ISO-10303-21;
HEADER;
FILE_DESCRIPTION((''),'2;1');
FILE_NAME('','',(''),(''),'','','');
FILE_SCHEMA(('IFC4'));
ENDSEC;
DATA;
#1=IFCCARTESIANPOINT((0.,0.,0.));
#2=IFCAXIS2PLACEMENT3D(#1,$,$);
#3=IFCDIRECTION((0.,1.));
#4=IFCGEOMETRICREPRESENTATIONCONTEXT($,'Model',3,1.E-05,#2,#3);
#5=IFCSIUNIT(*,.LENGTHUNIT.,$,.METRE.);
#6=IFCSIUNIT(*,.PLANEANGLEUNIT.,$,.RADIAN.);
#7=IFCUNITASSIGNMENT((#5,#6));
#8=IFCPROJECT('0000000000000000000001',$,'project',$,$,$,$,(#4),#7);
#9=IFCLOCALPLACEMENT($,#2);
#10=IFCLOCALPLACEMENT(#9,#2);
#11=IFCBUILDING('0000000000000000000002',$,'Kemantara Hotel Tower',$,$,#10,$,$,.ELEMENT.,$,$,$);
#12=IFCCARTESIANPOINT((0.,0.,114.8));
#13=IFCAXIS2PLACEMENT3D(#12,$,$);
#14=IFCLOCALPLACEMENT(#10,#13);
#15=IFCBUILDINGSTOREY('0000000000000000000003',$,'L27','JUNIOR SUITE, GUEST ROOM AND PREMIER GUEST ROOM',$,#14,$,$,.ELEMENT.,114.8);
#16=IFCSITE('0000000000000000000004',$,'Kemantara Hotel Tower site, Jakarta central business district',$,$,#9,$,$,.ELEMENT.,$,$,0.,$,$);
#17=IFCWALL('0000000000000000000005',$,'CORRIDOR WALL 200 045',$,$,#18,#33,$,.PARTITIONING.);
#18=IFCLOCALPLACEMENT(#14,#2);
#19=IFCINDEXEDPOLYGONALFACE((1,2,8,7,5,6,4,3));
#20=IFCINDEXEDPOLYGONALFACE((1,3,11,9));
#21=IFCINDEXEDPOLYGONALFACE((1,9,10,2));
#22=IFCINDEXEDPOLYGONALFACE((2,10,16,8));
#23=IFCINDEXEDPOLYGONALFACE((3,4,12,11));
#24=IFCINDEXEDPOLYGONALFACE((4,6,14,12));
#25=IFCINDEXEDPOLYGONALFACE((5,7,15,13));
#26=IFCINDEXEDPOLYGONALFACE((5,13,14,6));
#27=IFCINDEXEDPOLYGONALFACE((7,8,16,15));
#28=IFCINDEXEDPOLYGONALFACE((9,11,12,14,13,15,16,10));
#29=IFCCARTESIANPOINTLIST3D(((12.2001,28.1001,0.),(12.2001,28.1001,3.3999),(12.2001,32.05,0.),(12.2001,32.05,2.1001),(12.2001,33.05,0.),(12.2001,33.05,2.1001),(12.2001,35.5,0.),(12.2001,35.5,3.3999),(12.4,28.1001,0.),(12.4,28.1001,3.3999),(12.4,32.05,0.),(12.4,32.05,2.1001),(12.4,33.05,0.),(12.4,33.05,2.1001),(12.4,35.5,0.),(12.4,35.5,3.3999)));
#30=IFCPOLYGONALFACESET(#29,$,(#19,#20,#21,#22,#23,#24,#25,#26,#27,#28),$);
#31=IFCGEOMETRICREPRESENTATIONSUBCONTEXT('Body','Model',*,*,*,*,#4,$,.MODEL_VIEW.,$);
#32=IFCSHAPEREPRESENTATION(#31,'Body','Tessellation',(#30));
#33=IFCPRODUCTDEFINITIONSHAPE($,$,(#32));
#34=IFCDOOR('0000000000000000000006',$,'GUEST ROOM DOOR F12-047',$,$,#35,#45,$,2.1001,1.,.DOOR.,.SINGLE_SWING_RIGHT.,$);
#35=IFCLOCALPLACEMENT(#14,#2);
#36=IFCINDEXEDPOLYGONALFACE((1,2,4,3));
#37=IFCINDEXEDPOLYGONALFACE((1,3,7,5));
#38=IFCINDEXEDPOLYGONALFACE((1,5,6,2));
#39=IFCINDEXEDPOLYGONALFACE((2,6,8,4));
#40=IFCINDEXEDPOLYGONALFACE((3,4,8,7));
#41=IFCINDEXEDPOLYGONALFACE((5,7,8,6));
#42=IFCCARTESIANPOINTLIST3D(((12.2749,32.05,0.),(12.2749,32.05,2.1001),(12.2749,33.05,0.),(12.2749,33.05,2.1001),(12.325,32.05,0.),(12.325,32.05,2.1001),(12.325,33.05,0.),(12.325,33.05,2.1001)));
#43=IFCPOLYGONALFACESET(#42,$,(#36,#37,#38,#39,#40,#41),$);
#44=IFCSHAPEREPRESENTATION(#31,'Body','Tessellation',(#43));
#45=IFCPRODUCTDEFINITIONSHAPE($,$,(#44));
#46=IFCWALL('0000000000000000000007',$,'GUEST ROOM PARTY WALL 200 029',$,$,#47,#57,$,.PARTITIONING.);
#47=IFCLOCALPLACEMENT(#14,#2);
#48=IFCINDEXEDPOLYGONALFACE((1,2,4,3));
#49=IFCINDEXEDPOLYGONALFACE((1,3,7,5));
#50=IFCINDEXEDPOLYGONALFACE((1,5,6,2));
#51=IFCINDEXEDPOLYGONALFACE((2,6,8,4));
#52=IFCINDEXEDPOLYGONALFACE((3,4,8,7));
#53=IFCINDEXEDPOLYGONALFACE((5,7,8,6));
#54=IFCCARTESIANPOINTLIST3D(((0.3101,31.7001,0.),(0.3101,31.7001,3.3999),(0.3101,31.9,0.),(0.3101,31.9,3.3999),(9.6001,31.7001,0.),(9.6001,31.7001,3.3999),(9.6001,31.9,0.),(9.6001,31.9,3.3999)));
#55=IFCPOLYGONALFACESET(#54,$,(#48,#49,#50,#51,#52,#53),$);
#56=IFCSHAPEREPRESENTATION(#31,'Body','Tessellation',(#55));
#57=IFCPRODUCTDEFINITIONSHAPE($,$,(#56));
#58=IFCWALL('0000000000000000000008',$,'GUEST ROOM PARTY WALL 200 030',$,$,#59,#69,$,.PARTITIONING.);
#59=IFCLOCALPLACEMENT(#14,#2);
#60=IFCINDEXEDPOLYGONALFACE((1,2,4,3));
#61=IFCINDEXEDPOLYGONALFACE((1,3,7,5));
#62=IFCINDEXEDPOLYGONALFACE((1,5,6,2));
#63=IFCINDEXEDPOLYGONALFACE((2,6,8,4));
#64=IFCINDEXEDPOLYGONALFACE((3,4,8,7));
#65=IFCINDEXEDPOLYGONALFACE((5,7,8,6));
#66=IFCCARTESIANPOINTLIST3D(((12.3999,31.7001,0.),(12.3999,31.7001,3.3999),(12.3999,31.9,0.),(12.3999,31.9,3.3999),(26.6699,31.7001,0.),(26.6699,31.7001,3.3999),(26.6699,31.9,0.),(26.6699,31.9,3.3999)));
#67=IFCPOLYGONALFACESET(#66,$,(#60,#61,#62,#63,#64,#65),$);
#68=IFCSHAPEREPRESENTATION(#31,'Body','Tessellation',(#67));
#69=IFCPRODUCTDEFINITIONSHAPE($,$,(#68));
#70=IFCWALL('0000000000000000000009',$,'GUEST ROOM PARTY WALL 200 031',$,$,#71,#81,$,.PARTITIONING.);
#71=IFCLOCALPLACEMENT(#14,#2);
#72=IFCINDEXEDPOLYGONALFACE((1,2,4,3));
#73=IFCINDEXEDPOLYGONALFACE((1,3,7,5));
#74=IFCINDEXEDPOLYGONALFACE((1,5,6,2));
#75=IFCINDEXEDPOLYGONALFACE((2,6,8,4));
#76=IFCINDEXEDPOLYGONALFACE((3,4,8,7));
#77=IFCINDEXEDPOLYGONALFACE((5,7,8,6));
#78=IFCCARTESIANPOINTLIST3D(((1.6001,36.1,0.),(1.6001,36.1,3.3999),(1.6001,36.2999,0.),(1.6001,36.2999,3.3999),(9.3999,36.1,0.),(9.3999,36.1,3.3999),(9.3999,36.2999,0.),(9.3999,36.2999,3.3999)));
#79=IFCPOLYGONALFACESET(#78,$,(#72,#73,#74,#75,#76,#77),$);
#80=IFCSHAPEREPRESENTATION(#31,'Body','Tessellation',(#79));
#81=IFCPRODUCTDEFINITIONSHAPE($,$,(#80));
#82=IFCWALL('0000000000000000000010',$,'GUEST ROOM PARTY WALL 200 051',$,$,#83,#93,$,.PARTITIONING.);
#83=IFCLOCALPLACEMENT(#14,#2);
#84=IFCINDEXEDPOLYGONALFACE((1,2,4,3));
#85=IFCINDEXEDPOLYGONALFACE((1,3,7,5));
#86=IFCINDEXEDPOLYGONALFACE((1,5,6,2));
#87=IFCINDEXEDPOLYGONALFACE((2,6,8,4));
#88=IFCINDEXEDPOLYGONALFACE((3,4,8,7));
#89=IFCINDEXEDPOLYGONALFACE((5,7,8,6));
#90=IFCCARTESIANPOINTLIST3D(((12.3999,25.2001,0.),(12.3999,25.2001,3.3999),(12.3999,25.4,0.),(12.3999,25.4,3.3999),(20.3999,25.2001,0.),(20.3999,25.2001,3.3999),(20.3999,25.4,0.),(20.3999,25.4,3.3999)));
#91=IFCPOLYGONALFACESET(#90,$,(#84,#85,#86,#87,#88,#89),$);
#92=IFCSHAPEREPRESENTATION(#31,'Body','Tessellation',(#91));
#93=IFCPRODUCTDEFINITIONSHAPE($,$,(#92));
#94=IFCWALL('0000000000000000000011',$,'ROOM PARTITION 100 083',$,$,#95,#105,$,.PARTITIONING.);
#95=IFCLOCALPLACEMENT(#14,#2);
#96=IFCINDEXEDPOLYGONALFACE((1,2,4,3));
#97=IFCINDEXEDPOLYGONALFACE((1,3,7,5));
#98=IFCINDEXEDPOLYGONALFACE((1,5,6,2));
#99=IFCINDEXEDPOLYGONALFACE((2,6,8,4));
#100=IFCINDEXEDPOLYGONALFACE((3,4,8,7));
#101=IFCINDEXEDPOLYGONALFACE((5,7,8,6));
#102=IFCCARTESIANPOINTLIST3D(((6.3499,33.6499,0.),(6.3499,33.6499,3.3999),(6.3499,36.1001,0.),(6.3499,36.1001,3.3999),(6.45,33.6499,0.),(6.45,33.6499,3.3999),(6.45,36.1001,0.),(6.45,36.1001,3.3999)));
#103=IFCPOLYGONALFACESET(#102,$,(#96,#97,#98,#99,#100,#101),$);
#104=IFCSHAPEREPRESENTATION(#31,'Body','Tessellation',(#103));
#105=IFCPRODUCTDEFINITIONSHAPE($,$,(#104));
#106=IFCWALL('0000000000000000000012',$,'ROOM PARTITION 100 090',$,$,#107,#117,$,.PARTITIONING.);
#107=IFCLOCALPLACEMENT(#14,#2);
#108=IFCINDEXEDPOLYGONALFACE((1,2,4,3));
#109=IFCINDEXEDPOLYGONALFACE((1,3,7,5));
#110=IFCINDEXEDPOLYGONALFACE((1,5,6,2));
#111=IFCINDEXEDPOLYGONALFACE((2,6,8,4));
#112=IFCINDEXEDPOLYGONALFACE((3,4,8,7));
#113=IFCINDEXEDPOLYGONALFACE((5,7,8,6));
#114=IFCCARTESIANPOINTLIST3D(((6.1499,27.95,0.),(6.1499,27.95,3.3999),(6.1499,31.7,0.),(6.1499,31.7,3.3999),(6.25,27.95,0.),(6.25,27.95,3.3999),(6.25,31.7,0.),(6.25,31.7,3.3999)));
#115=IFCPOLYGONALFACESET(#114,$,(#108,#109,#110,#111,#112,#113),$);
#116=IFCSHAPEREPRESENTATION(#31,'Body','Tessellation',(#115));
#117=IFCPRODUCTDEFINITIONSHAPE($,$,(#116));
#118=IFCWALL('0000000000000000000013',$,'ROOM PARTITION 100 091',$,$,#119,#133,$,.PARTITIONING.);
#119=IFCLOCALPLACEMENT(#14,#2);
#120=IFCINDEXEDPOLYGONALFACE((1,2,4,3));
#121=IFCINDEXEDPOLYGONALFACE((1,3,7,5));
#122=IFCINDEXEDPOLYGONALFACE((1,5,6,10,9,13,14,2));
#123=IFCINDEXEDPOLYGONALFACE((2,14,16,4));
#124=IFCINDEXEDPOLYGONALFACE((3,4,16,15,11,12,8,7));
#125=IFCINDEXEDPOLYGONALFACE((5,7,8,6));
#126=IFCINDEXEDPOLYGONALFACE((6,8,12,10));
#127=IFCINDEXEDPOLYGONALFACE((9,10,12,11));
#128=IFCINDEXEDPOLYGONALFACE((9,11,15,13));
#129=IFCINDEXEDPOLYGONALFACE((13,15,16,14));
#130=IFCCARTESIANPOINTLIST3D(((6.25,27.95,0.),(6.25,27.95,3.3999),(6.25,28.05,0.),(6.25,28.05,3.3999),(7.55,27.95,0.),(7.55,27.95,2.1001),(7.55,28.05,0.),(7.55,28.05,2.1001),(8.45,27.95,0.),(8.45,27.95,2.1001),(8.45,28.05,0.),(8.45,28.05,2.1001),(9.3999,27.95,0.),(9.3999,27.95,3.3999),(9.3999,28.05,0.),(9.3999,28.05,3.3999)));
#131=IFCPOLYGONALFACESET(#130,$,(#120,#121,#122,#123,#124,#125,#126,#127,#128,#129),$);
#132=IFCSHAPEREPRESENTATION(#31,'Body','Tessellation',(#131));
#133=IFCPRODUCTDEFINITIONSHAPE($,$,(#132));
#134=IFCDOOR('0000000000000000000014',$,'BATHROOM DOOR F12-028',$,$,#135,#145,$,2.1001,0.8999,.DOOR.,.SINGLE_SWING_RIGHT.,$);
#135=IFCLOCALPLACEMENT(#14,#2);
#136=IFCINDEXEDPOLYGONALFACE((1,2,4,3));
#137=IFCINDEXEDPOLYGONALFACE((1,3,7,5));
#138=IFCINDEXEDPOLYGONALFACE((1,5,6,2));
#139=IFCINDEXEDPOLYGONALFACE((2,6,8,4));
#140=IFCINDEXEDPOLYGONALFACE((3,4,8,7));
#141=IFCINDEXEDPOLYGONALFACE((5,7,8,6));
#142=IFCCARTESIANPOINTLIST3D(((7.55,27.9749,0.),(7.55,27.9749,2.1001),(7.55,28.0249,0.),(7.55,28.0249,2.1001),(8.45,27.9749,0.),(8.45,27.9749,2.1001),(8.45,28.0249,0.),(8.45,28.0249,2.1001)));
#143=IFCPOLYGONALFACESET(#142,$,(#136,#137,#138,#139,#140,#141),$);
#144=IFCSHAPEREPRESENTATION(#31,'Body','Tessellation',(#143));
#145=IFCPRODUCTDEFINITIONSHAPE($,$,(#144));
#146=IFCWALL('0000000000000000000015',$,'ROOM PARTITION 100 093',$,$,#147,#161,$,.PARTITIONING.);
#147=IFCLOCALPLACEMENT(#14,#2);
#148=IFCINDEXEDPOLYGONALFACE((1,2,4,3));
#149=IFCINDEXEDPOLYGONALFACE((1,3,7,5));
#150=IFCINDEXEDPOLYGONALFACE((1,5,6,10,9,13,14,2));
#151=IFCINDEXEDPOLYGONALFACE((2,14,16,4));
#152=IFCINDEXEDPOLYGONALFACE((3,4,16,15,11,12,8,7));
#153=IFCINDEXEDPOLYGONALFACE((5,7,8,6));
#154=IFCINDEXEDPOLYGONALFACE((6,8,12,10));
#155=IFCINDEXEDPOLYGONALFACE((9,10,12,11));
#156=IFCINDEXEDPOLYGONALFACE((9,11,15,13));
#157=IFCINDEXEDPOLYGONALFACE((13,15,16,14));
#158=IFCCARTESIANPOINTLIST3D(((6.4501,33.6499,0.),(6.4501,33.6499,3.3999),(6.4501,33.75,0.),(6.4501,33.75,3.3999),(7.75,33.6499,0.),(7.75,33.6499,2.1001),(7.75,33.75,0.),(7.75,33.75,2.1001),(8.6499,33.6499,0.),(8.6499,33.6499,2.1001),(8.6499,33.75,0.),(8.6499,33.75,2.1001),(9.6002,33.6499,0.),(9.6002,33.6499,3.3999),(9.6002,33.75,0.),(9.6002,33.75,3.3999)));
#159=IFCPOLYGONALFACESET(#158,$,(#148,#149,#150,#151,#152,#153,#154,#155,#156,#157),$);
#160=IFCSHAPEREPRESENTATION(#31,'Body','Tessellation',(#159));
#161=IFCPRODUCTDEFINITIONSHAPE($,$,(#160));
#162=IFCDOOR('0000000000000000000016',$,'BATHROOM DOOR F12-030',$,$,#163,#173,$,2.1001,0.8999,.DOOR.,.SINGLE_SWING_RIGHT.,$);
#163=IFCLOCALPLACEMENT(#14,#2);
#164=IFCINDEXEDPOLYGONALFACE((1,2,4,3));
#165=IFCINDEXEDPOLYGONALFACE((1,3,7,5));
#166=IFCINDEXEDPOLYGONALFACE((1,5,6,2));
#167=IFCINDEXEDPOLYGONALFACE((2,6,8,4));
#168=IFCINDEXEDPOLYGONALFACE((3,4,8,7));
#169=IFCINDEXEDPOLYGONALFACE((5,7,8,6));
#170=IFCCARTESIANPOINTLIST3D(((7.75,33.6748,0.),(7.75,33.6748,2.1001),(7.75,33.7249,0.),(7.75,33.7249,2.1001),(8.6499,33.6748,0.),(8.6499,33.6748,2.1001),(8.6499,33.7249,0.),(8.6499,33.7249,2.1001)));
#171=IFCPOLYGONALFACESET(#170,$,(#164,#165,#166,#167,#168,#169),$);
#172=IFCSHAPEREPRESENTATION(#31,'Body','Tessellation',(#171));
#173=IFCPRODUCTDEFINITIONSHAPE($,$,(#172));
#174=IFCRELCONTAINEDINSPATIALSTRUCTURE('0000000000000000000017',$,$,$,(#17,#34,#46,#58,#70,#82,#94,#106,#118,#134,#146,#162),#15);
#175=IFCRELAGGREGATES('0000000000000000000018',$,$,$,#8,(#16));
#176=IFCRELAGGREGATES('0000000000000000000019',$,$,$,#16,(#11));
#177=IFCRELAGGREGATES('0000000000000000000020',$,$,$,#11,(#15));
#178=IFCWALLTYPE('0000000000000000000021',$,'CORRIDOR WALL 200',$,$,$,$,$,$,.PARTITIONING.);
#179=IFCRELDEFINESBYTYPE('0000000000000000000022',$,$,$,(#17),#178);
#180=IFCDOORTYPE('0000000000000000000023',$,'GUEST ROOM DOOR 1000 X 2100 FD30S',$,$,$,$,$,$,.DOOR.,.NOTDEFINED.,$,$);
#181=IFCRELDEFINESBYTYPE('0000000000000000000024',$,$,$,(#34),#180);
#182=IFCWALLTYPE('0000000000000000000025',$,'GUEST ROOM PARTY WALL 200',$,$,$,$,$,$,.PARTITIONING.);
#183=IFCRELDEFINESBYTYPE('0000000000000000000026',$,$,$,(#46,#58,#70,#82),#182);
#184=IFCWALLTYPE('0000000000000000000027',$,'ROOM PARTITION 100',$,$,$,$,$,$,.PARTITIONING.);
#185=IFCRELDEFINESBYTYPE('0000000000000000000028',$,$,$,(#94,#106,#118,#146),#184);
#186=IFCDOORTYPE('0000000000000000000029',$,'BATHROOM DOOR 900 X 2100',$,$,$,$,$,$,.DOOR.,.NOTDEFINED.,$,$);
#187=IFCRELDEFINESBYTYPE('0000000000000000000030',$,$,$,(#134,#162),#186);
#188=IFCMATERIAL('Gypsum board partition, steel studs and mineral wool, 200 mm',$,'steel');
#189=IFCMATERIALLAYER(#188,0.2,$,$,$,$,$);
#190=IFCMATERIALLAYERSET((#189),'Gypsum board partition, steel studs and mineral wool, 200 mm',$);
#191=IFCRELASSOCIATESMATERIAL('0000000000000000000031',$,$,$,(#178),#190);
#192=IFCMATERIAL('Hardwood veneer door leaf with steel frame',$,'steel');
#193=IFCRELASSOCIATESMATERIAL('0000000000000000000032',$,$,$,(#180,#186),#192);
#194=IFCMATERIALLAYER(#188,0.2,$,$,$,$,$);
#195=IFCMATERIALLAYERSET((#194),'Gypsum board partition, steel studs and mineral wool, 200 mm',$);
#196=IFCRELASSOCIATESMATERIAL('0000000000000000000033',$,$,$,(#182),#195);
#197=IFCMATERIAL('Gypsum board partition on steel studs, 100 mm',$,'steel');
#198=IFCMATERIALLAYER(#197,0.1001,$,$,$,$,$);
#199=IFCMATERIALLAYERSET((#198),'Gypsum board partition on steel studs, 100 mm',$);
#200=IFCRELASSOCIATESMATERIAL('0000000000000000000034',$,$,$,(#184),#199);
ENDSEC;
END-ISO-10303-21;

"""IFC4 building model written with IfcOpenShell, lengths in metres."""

from ifc_helpers import new_model, si_unit, direction, frame, frame_2d, origin, place, context, subcontext, project, spatial, rectangle, extrude, material, layer, layer_set, type_object, element, fill, save


model = new_model("IFC4")

# Units and contexts
model_context = context("Model", 3, precision=1e-05, world=origin(), true_north=direction((0.0, 1.0)))
body_context = subcontext(model_context, "Body", "Model", "MODEL_VIEW")
ifc_project = project(units=[si_unit("LENGTHUNIT", "METRE"), si_unit("PLANEANGLEUNIT", "RADIAN")], contexts=[model_context])

# Site, building, storey
site_placement = place(None, origin())
site = spatial("IfcSite", under=ifc_project, at=site_placement, Name="Kemantara Hotel Tower site, Jakarta central business district", CompositionType="ELEMENT", RefElevation=0.0)
building_placement = place(site_placement, origin())
building = spatial("IfcBuilding", under=site, at=building_placement, Name="Kemantara Hotel Tower", CompositionType="ELEMENT")
storey_placement = place(building_placement, frame((0.0, 0.0, 114.8)))
storey = spatial("IfcBuildingStorey", under=building, at=storey_placement, Name="L27", Description="JUNIOR SUITE, GUEST ROOM AND PREMIER GUEST ROOM", CompositionType="ELEMENT", Elevation=114.8)

# Wall, opening, door
ifc_material_1 = material(Name="Gypsum board partition, steel studs and mineral wool, 200 mm", Category="steel")
ifc_layer_1 = layer(ifc_material_1, 0.2)
ifc_layer_set_1 = layer_set([ifc_layer_1], Name="Gypsum board partition, steel studs and mineral wool, 200 mm")
wall_type_1 = type_object("IfcWallType", Name="CORRIDOR WALL 200", PredefinedType="PARTITIONING", material=ifc_layer_set_1)
ifc_material_2 = material(Name="Hardwood veneer door leaf with steel frame", Category="steel")
door_type_1 = type_object("IfcDoorType", Name="GUEST ROOM DOOR 1000 X 2100 FD30S", OperationType="NOTDEFINED", PredefinedType="DOOR", material=ifc_material_2)
wall_1_placement = place(storey_placement, frame((12.3, 35.5, 0.0), z_axis=(0.0, 0.0, 1.0), x_axis=(0.0, -1.0, 0.0)))
wall_1 = element("IfcWall", 1, at=wall_1_placement, inside=storey, type_object=wall_type_1, Name="CORRIDOR WALL 200 045", PredefinedType="PARTITIONING", context=body_context, shape_type="SweptSolid", body=[
    extrude(rectangle(XDim=7.3999, YDim=0.2, at=frame_2d((3.7, 0.0))), origin(), (0.0, 0.0, 1.0), 3.3999),
])
opening_1_placement = place(wall_1_placement, frame((2.45, 0.0, 0.0)))
opening_1 = element("IfcOpeningElement", 2, at=opening_1_placement, cuts=wall_1, PredefinedType="OPENING", context=body_context, shape_type="SweptSolid", body=[
    extrude(rectangle(XDim=1.0, YDim=2.1001, at=frame_2d((0.5, 1.05))), frame((0.0, 0.1099, 0.0), z_axis=(0.0, -1.0, 0.0), x_axis=(1.0, 0.0, 0.0)), (0.0, 0.0, 1.0), 0.22),
])
door_1_placement = place(opening_1_placement, origin())
door_1 = element("IfcDoor", 3, at=door_1_placement, inside=storey, type_object=door_type_1, Name="GUEST ROOM DOOR F12-047", OperationType="SINGLE_SWING_RIGHT", OverallHeight=2.1001, OverallWidth=1.0, PredefinedType="DOOR", context=body_context, shape_type="SweptSolid", body=[
    extrude(rectangle(XDim=1.0, YDim=2.1001, at=frame_2d((0.5, 1.05))), frame((0.0, 0.0249, 0.0), z_axis=(0.0, -1.0, 0.0), x_axis=(1.0, 0.0, 0.0)), (0.0, 0.0, 1.0), 0.05),
])
fill(opening_1, door_1)

# Walls
ifc_layer_2 = layer(ifc_material_1, 0.2)
ifc_layer_set_2 = layer_set([ifc_layer_2], Name="Gypsum board partition, steel studs and mineral wool, 200 mm")
wall_type_2 = type_object("IfcWallType", Name="GUEST ROOM PARTY WALL 200", PredefinedType="PARTITIONING", material=ifc_layer_set_2)
wall_2_placement = place(storey_placement, frame((0.3101, 31.8, 0.0), z_axis=(0.0, 0.0, 1.0), x_axis=(1.0, 0.0, 0.0)))
element("IfcWall", 4, at=wall_2_placement, inside=storey, type_object=wall_type_2, Name="GUEST ROOM PARTY WALL 200 029", PredefinedType="PARTITIONING", context=body_context, shape_type="SweptSolid", body=[
    extrude(rectangle(XDim=9.29, YDim=0.2, at=frame_2d((4.645, 0.0))), origin(), (0.0, 0.0, 1.0), 3.3999),
])
wall_3_placement = place(storey_placement, frame((12.3999, 31.8, 0.0), z_axis=(0.0, 0.0, 1.0), x_axis=(1.0, 0.0, 0.0)))
element("IfcWall", 5, at=wall_3_placement, inside=storey, type_object=wall_type_2, Name="GUEST ROOM PARTY WALL 200 030", PredefinedType="PARTITIONING", context=body_context, shape_type="SweptSolid", body=[
    extrude(rectangle(XDim=14.27, YDim=0.2, at=frame_2d((7.135, 0.0))), origin(), (0.0, 0.0, 1.0), 3.3999),
])
wall_4_placement = place(storey_placement, frame((1.6001, 36.2, 0.0), z_axis=(0.0, 0.0, 1.0), x_axis=(1.0, 0.0, 0.0)))
element("IfcWall", 6, at=wall_4_placement, inside=storey, type_object=wall_type_2, Name="GUEST ROOM PARTY WALL 200 031", PredefinedType="PARTITIONING", context=body_context, shape_type="SweptSolid", body=[
    extrude(rectangle(XDim=7.7998, YDim=0.2, at=frame_2d((3.8999, 0.0))), origin(), (0.0, 0.0, 1.0), 3.3999),
])
wall_5_placement = place(storey_placement, frame((12.3999, 25.3, 0.0), z_axis=(0.0, 0.0, 1.0), x_axis=(1.0, 0.0, 0.0)))
element("IfcWall", 7, at=wall_5_placement, inside=storey, type_object=wall_type_2, Name="GUEST ROOM PARTY WALL 200 051", PredefinedType="PARTITIONING", context=body_context, shape_type="SweptSolid", body=[
    extrude(rectangle(XDim=8.0, YDim=0.2, at=frame_2d((4.0, 0.0))), origin(), (0.0, 0.0, 1.0), 3.3999),
])
ifc_material_3 = material(Name="Gypsum board partition on steel studs, 100 mm", Category="steel")
ifc_layer_3 = layer(ifc_material_3, 0.1001)
ifc_layer_set_3 = layer_set([ifc_layer_3], Name="Gypsum board partition on steel studs, 100 mm")
wall_type_3 = type_object("IfcWallType", Name="ROOM PARTITION 100", PredefinedType="PARTITIONING", material=ifc_layer_set_3)
wall_6_placement = place(storey_placement, frame((6.3999, 33.6499, 0.0), z_axis=(0.0, 0.0, 1.0), x_axis=(0.0, 1.0, 0.0)))
element("IfcWall", 8, at=wall_6_placement, inside=storey, type_object=wall_type_3, Name="ROOM PARTITION 100 083", PredefinedType="PARTITIONING", context=body_context, shape_type="SweptSolid", body=[
    extrude(rectangle(XDim=2.4502, YDim=0.1001, at=frame_2d((1.2251, 0.0))), origin(), (0.0, 0.0, 1.0), 3.3999),
])
wall_7_placement = place(storey_placement, frame((6.2, 27.95, 0.0), z_axis=(0.0, 0.0, 1.0), x_axis=(0.0, 1.0, 0.0)))
element("IfcWall", 9, at=wall_7_placement, inside=storey, type_object=wall_type_3, Name="ROOM PARTITION 100 090", PredefinedType="PARTITIONING", context=body_context, shape_type="SweptSolid", body=[
    extrude(rectangle(XDim=3.75, YDim=0.1001, at=frame_2d((1.875, 0.0))), origin(), (0.0, 0.0, 1.0), 3.3999),
])

# Walls, openings, doors
wall_8_placement = place(storey_placement, frame((6.25, 28.0, 0.0), z_axis=(0.0, 0.0, 1.0), x_axis=(1.0, 0.0, 0.0)))
wall_8 = element("IfcWall", 10, at=wall_8_placement, inside=storey, type_object=wall_type_3, Name="ROOM PARTITION 100 091", PredefinedType="PARTITIONING", context=body_context, shape_type="SweptSolid", body=[
    extrude(rectangle(XDim=3.1499, YDim=0.1001, at=frame_2d((1.575, 0.0))), origin(), (0.0, 0.0, 1.0), 3.3999),
])
opening_2_placement = place(wall_8_placement, frame((1.3, 0.0, 0.0)))
opening_2 = element("IfcOpeningElement", 11, at=opening_2_placement, cuts=wall_8, PredefinedType="OPENING", context=body_context, shape_type="SweptSolid", body=[
    extrude(rectangle(XDim=0.8999, YDim=2.1001, at=frame_2d((0.45, 1.05))), frame((0.0, 0.0601, 0.0), z_axis=(0.0, -1.0, 0.0), x_axis=(1.0, 0.0, 0.0)), (0.0, 0.0, 1.0), 0.1201),
])
door_type_2 = type_object("IfcDoorType", Name="BATHROOM DOOR 900 X 2100", OperationType="NOTDEFINED", PredefinedType="DOOR", material=ifc_material_2)
door_2_placement = place(opening_2_placement, origin())
door_2 = element("IfcDoor", 12, at=door_2_placement, inside=storey, type_object=door_type_2, Name="BATHROOM DOOR F12-028", OperationType="SINGLE_SWING_RIGHT", OverallHeight=2.1001, OverallWidth=0.8999, PredefinedType="DOOR", context=body_context, shape_type="SweptSolid", body=[
    extrude(rectangle(XDim=0.8999, YDim=2.1001, at=frame_2d((0.45, 1.05))), frame((0.0, 0.0249, 0.0), z_axis=(0.0, -1.0, 0.0), x_axis=(1.0, 0.0, 0.0)), (0.0, 0.0, 1.0), 0.05),
])
fill(opening_2, door_2)
wall_9_placement = place(storey_placement, frame((6.45, 33.7, 0.0), z_axis=(0.0, 0.0, 1.0), x_axis=(1.0, 0.0, 0.0)))
wall_9 = element("IfcWall", 13, at=wall_9_placement, inside=storey, type_object=wall_type_3, Name="ROOM PARTITION 100 093", PredefinedType="PARTITIONING", context=body_context, shape_type="SweptSolid", body=[
    extrude(rectangle(XDim=3.1501, YDim=0.1001, at=frame_2d((1.5752, 0.0))), origin(), (0.0, 0.0, 1.0), 3.3999),
])
opening_3_placement = place(wall_9_placement, frame((1.3, 0.0, 0.0)))
opening_3 = element("IfcOpeningElement", 14, at=opening_3_placement, cuts=wall_9, PredefinedType="OPENING", context=body_context, shape_type="SweptSolid", body=[
    extrude(rectangle(XDim=0.8999, YDim=2.1001, at=frame_2d((0.45, 1.05))), frame((0.0, 0.0601, 0.0), z_axis=(0.0, -1.0, 0.0), x_axis=(1.0, 0.0, 0.0)), (0.0, 0.0, 1.0), 0.1201),
])
door_3_placement = place(opening_3_placement, origin())
door_3 = element("IfcDoor", 15, at=door_3_placement, inside=storey, type_object=door_type_2, Name="BATHROOM DOOR F12-030", OperationType="SINGLE_SWING_RIGHT", OverallHeight=2.1001, OverallWidth=0.8999, PredefinedType="DOOR", context=body_context, shape_type="SweptSolid", body=[
    extrude(rectangle(XDim=0.8999, YDim=2.1001, at=frame_2d((0.45, 1.05))), frame((0.0, 0.0249, 0.0), z_axis=(0.0, -1.0, 0.0), x_axis=(1.0, 0.0, 0.0)), (0.0, 0.0, 1.0), 0.05),
])
fill(opening_3, door_3)

save(model, "model.ifc")
